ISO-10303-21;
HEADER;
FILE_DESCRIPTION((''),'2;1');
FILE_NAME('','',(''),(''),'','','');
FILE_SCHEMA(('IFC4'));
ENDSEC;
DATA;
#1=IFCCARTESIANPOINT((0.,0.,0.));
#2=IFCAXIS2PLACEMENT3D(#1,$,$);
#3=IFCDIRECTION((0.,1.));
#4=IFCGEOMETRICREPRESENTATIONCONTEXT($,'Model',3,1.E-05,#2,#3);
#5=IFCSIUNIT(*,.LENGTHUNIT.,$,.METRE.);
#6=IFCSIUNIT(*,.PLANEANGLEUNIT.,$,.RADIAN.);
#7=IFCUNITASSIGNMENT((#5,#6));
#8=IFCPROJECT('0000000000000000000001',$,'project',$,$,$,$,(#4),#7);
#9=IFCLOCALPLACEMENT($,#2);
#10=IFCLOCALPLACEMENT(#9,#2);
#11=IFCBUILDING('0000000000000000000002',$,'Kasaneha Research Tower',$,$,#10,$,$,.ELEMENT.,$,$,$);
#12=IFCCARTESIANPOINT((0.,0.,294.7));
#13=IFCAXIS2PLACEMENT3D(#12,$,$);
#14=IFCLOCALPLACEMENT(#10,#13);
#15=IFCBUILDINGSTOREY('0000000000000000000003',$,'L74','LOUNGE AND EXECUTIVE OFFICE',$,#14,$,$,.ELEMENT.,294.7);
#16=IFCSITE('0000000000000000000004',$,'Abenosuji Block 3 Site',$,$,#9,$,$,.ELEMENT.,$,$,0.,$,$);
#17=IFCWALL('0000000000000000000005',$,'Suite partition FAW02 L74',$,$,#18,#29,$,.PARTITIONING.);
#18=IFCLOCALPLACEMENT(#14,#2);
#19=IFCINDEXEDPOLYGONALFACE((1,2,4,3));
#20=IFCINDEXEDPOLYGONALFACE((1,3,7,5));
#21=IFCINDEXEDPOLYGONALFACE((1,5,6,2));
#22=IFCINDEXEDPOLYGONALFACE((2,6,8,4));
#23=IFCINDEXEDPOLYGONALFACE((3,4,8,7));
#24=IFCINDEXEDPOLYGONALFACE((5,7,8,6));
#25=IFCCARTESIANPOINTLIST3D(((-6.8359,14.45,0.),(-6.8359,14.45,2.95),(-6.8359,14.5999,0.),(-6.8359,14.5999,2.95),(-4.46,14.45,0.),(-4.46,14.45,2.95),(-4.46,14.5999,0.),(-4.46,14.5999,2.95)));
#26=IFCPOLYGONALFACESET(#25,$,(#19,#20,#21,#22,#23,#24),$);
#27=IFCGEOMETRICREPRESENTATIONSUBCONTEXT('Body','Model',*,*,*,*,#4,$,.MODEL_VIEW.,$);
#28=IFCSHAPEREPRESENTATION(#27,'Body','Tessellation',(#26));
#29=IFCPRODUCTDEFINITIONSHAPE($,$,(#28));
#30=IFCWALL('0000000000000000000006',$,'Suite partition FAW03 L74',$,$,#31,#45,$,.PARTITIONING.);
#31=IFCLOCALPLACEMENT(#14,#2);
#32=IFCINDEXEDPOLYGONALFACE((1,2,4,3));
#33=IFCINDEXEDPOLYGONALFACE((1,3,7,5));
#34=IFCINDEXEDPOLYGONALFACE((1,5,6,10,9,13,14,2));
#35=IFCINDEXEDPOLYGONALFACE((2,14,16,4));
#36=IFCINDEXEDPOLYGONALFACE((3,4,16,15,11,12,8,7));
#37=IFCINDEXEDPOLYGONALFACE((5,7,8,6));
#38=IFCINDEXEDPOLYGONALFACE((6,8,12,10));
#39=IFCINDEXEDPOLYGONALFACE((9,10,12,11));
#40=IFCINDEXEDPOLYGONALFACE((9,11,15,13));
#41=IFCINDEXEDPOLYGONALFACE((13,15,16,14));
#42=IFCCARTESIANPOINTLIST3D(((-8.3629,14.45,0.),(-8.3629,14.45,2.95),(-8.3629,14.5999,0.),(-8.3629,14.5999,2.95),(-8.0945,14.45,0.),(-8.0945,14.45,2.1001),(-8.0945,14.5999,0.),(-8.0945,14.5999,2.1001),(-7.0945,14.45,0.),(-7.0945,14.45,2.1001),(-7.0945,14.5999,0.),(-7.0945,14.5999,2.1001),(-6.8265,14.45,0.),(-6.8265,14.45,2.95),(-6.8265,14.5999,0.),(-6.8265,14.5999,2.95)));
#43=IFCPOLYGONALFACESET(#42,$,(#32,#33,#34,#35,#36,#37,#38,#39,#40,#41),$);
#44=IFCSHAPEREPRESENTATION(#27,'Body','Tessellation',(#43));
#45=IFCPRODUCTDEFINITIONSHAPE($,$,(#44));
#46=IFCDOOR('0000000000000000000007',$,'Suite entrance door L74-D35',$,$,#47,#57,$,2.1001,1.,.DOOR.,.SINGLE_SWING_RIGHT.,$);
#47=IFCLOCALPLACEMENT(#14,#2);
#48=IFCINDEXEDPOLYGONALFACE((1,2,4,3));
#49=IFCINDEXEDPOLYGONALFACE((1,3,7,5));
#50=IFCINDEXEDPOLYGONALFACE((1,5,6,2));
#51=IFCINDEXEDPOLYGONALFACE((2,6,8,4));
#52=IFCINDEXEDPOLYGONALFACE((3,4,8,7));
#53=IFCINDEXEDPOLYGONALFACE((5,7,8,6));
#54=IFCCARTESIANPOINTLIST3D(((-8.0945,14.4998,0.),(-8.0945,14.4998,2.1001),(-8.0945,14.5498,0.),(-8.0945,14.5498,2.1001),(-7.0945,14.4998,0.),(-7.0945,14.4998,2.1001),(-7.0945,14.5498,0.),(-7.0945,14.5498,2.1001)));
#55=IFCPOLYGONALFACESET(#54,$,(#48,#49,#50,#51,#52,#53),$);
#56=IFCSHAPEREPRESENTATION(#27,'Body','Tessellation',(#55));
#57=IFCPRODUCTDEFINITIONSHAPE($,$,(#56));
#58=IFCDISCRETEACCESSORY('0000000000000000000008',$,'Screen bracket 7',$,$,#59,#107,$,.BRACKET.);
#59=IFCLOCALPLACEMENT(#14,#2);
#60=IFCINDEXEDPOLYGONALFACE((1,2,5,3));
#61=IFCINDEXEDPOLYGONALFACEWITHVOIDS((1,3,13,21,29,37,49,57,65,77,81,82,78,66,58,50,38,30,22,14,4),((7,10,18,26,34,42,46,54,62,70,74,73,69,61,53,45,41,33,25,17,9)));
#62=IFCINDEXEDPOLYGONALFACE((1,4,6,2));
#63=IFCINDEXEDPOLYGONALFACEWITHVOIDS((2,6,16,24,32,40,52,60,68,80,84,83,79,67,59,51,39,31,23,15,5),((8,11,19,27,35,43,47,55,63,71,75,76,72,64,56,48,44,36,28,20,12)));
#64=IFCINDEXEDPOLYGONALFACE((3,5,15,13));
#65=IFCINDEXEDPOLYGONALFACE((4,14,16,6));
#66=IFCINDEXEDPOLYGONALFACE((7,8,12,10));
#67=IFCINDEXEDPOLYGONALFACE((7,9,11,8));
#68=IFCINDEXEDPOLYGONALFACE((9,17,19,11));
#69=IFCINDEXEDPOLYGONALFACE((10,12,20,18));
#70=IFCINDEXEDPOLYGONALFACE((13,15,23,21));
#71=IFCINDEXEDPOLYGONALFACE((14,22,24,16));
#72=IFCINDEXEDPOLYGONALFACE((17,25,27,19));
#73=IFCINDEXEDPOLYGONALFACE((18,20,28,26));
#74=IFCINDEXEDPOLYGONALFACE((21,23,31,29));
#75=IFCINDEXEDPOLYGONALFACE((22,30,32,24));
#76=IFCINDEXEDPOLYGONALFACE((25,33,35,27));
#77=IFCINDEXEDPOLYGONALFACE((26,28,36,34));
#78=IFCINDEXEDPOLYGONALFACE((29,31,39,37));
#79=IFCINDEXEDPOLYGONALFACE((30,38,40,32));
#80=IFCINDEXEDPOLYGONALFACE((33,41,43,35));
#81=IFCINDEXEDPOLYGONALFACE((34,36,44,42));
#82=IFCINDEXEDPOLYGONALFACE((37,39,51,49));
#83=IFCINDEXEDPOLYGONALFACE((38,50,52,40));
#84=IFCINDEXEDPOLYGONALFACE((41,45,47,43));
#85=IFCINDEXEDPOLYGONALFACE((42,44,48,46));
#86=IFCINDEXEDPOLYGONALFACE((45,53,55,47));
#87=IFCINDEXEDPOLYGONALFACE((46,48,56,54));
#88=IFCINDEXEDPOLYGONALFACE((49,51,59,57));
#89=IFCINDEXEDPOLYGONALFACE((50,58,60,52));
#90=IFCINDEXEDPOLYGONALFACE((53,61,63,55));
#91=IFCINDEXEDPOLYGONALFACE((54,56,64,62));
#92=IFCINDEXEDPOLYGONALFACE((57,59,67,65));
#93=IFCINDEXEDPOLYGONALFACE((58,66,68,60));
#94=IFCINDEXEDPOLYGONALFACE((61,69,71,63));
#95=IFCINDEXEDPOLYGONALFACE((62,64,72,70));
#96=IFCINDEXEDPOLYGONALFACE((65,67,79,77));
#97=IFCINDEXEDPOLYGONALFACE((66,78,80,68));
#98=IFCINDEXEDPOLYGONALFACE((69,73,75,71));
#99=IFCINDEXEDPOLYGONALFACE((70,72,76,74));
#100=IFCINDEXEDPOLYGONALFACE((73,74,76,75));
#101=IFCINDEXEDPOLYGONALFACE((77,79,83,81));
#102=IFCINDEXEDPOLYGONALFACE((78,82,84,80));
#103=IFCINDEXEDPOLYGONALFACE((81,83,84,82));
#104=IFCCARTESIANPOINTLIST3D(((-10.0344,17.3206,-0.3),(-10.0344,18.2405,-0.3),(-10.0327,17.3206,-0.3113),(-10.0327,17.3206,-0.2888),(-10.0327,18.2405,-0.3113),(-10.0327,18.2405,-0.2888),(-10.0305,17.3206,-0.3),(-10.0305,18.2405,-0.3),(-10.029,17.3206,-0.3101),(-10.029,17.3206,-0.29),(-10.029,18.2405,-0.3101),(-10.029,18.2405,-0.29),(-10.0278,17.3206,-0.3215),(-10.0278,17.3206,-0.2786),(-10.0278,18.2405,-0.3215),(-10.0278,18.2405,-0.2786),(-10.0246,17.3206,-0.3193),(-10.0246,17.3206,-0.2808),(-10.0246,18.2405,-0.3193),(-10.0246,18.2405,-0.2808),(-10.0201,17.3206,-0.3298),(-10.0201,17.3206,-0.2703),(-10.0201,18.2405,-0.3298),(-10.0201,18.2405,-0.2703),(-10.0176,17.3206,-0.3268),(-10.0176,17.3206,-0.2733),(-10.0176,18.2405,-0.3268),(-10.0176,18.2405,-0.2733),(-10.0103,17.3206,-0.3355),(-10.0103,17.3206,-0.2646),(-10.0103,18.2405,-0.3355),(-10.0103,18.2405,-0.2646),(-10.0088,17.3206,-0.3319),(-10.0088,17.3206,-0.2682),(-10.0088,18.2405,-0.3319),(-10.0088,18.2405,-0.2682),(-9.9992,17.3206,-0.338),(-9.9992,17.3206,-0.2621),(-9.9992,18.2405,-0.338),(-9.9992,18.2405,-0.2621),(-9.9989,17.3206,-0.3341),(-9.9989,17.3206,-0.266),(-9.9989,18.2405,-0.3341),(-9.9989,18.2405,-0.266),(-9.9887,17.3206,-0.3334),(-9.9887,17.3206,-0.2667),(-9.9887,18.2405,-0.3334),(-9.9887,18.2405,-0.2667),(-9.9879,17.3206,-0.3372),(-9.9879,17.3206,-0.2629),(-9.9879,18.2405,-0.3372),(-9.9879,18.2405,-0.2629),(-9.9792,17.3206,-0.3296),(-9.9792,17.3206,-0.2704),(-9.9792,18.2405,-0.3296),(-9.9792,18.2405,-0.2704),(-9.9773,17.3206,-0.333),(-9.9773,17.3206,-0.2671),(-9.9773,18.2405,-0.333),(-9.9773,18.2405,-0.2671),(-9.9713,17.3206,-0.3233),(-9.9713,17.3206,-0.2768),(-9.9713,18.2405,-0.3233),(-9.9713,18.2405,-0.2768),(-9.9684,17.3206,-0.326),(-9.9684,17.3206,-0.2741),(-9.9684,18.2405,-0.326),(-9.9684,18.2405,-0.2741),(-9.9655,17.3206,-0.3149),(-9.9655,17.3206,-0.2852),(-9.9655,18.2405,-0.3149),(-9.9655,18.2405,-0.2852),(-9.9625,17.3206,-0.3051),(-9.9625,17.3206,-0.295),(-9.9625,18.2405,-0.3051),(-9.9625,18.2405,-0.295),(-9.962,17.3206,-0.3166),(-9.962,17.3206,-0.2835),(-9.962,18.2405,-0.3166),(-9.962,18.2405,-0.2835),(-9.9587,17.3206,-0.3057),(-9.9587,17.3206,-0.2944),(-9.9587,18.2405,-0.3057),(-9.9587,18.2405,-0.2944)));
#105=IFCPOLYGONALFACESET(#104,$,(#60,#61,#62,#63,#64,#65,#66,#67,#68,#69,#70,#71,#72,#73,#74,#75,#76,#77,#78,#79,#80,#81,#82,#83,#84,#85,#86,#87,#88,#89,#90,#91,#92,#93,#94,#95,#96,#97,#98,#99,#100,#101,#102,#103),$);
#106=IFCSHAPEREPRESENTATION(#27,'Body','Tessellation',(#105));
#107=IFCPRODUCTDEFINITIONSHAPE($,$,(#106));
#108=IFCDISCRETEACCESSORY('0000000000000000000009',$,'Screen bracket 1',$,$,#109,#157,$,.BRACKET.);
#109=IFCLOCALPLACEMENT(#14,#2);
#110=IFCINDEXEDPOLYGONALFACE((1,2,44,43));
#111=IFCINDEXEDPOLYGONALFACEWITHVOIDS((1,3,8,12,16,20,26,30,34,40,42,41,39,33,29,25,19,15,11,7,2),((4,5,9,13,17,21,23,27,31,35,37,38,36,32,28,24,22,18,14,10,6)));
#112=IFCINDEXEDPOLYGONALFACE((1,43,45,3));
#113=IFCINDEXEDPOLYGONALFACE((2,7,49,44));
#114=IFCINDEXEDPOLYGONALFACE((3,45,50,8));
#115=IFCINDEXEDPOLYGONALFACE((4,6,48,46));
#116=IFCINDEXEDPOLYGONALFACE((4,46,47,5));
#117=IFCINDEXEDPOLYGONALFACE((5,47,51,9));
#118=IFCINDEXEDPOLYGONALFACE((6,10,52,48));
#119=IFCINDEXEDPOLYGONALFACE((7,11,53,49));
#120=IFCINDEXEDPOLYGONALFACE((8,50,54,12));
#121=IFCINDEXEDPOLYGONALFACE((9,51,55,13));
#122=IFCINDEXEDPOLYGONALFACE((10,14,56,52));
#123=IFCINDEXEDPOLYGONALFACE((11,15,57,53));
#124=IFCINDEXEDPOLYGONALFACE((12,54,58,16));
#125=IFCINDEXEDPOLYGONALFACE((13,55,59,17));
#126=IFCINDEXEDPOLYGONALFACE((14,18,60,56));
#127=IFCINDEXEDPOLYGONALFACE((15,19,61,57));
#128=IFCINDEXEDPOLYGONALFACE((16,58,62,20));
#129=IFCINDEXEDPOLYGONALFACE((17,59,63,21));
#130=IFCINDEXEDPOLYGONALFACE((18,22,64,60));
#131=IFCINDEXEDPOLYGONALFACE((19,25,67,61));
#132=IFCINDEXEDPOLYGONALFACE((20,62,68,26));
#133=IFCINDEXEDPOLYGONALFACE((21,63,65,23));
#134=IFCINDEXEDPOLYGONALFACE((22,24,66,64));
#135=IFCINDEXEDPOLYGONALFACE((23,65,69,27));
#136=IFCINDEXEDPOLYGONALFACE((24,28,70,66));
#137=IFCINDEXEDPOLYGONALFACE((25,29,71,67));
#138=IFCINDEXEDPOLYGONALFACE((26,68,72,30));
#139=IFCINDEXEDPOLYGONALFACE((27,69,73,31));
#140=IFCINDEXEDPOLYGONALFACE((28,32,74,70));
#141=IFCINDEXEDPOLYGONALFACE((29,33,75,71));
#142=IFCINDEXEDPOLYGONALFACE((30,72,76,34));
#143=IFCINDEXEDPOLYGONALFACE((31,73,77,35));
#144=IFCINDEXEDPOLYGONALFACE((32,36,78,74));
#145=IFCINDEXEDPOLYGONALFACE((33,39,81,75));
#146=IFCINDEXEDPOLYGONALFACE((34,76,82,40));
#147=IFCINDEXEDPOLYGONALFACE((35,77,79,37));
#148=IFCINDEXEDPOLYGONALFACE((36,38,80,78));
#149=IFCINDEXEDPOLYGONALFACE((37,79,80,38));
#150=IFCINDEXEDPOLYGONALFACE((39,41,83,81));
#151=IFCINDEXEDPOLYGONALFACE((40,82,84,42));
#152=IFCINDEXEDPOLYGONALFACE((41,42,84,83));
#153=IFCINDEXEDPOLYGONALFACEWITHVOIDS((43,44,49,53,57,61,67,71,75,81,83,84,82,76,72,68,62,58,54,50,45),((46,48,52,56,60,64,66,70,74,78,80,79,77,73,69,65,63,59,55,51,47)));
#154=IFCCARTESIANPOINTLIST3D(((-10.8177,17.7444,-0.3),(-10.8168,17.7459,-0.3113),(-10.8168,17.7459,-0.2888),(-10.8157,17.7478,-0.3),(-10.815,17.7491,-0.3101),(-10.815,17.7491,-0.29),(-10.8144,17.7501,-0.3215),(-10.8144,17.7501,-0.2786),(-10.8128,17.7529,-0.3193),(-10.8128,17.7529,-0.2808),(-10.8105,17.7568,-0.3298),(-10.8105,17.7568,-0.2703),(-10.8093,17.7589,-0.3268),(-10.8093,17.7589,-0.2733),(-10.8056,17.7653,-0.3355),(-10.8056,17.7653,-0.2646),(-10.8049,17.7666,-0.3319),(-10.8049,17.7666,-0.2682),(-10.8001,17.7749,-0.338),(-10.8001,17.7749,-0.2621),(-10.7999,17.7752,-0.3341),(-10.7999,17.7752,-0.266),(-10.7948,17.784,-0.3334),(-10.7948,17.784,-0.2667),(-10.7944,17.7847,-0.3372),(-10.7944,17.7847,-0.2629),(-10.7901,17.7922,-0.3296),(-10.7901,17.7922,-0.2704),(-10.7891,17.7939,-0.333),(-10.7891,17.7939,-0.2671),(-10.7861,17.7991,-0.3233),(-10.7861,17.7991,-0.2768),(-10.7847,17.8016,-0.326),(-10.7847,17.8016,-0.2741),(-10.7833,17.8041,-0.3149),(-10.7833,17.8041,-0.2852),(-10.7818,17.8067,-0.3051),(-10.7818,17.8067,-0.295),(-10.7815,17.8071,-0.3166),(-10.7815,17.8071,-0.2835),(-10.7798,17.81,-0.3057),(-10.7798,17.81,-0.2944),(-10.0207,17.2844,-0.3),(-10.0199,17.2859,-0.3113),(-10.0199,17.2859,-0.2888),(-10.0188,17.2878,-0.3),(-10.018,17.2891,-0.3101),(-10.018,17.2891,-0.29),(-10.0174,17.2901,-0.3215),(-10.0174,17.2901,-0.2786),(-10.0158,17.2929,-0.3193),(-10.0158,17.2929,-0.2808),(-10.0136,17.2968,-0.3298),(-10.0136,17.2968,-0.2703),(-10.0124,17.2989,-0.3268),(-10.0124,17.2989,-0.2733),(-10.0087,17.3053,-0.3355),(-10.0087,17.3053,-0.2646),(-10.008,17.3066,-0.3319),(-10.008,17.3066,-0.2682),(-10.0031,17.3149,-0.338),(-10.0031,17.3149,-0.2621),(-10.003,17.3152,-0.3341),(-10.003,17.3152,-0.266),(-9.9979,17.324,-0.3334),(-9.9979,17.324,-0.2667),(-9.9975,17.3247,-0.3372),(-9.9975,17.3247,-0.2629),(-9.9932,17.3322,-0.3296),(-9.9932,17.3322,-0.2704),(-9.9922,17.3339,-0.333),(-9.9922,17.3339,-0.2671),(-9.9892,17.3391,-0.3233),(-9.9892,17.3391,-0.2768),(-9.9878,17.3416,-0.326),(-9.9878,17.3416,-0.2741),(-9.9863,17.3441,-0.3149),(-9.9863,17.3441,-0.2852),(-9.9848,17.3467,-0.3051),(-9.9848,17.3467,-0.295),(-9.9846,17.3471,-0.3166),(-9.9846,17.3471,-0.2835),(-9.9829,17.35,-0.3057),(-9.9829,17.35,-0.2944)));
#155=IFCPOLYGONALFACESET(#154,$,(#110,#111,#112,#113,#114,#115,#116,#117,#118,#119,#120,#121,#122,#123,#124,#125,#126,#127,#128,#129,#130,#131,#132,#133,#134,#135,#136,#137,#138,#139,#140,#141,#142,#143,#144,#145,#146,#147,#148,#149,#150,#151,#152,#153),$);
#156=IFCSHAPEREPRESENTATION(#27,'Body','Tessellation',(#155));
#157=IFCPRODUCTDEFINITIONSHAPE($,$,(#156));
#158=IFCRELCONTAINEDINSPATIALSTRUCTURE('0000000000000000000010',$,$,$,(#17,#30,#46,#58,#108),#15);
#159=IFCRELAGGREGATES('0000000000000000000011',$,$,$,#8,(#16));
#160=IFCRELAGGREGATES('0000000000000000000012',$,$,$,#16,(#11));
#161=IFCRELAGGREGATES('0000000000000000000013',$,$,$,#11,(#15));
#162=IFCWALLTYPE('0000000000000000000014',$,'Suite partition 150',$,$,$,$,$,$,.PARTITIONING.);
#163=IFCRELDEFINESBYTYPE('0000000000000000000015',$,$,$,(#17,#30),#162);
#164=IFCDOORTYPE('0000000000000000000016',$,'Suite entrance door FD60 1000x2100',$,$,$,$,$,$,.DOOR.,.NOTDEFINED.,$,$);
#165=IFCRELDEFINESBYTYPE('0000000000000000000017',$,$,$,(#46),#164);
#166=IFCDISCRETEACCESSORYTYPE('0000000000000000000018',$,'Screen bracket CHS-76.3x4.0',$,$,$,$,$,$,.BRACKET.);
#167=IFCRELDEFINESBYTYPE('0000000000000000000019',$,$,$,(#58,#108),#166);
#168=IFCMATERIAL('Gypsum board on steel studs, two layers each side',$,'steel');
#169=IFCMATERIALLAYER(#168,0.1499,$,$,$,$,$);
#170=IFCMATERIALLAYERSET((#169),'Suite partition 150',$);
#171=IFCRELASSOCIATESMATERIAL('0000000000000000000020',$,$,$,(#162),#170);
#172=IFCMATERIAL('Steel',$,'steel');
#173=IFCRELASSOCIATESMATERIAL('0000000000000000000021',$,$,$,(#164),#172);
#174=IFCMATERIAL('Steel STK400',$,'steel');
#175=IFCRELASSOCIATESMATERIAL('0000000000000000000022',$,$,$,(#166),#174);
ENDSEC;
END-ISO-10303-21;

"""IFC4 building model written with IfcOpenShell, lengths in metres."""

from ifc_helpers import new_model, si_unit, direction, frame, frame_2d, origin, origin_2d, place, context, subcontext, project, spatial, rectangle, hollow_circle, extrude, material, layer, layer_set, material_profile, profile_set, type_object, element, fill, save


model = new_model("IFC4")

# Units and contexts
model_context = context("Model", 3, precision=1e-05, world=origin(), true_north=direction((0.0, 1.0)))
body_context = subcontext(model_context, "Body", "Model", "MODEL_VIEW")
ifc_project = project(units=[si_unit("LENGTHUNIT", "METRE"), si_unit("PLANEANGLEUNIT", "RADIAN")], contexts=[model_context])

# Site, building, storey
site_placement = place(None, origin())
site = spatial("IfcSite", under=ifc_project, at=site_placement, Name="Abenosuji Block 3 Site", CompositionType="ELEMENT", RefElevation=0.0)
building_placement = place(site_placement, origin())
building = spatial("IfcBuilding", under=site, at=building_placement, Name="Kasaneha Research Tower", CompositionType="ELEMENT")
storey_placement = place(building_placement, frame((0.0, 0.0, 294.7)))
storey = spatial("IfcBuildingStorey", under=building, at=storey_placement, Name="L74", Description="LOUNGE AND EXECUTIVE OFFICE", CompositionType="ELEMENT", Elevation=294.7)

# Wall
ifc_material_1 = material(Name="Gypsum board on steel studs, two layers each side", Category="steel")
ifc_layer_1 = layer(ifc_material_1, 0.1499)
ifc_layer_set_1 = layer_set([ifc_layer_1], Name="Suite partition 150")
wall_type_1 = type_object("IfcWallType", Name="Suite partition 150", PredefinedType="PARTITIONING", material=ifc_layer_set_1)
wall_1_placement = place(storey_placement, frame((-6.8359, 14.5249, 0.0), z_axis=(0.0, 0.0, 1.0), x_axis=(1.0, 0.0, 0.0)))
element("IfcWall", 1, at=wall_1_placement, inside=storey, type_object=wall_type_1, Name="Suite partition FAW02 L74", PredefinedType="PARTITIONING", context=body_context, shape_type="SweptSolid", body=[
    extrude(rectangle(XDim=2.376, YDim=0.1499, at=frame_2d((1.188, 0.0))), origin(), (0.0, 0.0, 1.0), 2.95),
])

# Wall, opening, door
wall_2_placement = place(storey_placement, frame((-8.3628, 14.5249, 0.0), z_axis=(0.0, 0.0, 1.0), x_axis=(1.0, 0.0, 0.0)))
wall_2 = element("IfcWall", 2, at=wall_2_placement, inside=storey, type_object=wall_type_1, Name="Suite partition FAW03 L74", PredefinedType="PARTITIONING", context=body_context, shape_type="SweptSolid", body=[
    extrude(rectangle(XDim=1.5364, YDim=0.1499, at=frame_2d((0.7681, 0.0))), origin(), (0.0, 0.0, 1.0), 2.95),
])
opening_1_placement = place(wall_2_placement, frame((0.2683, 0.0, 0.0)))
opening_1 = element("IfcOpeningElement", 3, at=opening_1_placement, cuts=wall_2, PredefinedType="OPENING", context=body_context, shape_type="SweptSolid", body=[
    extrude(rectangle(XDim=1.0, YDim=2.1001, at=frame_2d((0.5, 1.05))), frame((0.0, 0.085, 0.0), z_axis=(0.0, -1.0, 0.0), x_axis=(1.0, 0.0, 0.0)), (0.0, 0.0, 1.0), 0.1699),
])
ifc_material_2 = material(Name="Steel", Category="steel")
door_type_1 = type_object("IfcDoorType", Name="Suite entrance door FD60 1000x2100", OperationType="NOTDEFINED", PredefinedType="DOOR", material=ifc_material_2)
door_1_placement = place(opening_1_placement, origin())
door_1 = element("IfcDoor", 4, at=door_1_placement, inside=storey, type_object=door_type_1, Name="Suite entrance door L74-D35", OperationType="SINGLE_SWING_RIGHT", OverallHeight=2.1001, OverallWidth=1.0, PredefinedType="DOOR", context=body_context, shape_type="SweptSolid", body=[
    extrude(rectangle(XDim=1.0, YDim=2.1001, at=frame_2d((0.5, 1.05))), frame((0.0, 0.0249, 0.0), z_axis=(0.0, -1.0, 0.0), x_axis=(1.0, 0.0, 0.0)), (0.0, 0.0, 1.0), 0.05),
])
fill(opening_1, door_1)

# Discrete accessories
ifc_material_3 = material(Name="Steel STK400", Category="steel")
ifc_material_profile_1 = material_profile(ifc_material_3, hollow_circle(Radius=0.0381, WallThickness=0.0039, at=origin_2d()), Name="CHS-76.3x4.0")
ifc_profile_set_1 = profile_set([ifc_material_profile_1], Name="Steel STK400")
discrete_accessory_type = type_object("IfcDiscreteAccessoryType", Name="Screen bracket CHS-76.3x4.0", PredefinedType="BRACKET", material=ifc_profile_set_1)
discrete_accessory_1_placement = place(storey_placement, frame((-9.9963, 17.3206, -0.3), z_axis=(0.0, 1.0, 0.0), x_axis=(-1.0, 0.0, 0.0)))
element("IfcDiscreteAccessory", 5, at=discrete_accessory_1_placement, inside=storey, type_object=discrete_accessory_type, Name="Screen bracket 7", PredefinedType="BRACKET", context=body_context, shape_type="SweptSolid", body=[
    extrude(hollow_circle(Radius=0.0381, WallThickness=0.0039, at=origin_2d()), origin(), (0.0, 0.0, 1.0), 0.9199),
])
discrete_accessory_2_placement = place(storey_placement, frame((-10.0017, 17.3174, -0.3), z_axis=(-0.86608, 0.499906, 0.0), x_axis=(-0.499906, -0.86608, 0.0)))
element("IfcDiscreteAccessory", 6, at=discrete_accessory_2_placement, inside=storey, type_object=discrete_accessory_type, Name="Screen bracket 1", PredefinedType="BRACKET", context=body_context, shape_type="SweptSolid", body=[
    extrude(hollow_circle(Radius=0.0381, WallThickness=0.0039, at=origin_2d()), origin(), (0.0, 0.0, 1.0), 0.9202),
])

save(model, "model.ifc")
